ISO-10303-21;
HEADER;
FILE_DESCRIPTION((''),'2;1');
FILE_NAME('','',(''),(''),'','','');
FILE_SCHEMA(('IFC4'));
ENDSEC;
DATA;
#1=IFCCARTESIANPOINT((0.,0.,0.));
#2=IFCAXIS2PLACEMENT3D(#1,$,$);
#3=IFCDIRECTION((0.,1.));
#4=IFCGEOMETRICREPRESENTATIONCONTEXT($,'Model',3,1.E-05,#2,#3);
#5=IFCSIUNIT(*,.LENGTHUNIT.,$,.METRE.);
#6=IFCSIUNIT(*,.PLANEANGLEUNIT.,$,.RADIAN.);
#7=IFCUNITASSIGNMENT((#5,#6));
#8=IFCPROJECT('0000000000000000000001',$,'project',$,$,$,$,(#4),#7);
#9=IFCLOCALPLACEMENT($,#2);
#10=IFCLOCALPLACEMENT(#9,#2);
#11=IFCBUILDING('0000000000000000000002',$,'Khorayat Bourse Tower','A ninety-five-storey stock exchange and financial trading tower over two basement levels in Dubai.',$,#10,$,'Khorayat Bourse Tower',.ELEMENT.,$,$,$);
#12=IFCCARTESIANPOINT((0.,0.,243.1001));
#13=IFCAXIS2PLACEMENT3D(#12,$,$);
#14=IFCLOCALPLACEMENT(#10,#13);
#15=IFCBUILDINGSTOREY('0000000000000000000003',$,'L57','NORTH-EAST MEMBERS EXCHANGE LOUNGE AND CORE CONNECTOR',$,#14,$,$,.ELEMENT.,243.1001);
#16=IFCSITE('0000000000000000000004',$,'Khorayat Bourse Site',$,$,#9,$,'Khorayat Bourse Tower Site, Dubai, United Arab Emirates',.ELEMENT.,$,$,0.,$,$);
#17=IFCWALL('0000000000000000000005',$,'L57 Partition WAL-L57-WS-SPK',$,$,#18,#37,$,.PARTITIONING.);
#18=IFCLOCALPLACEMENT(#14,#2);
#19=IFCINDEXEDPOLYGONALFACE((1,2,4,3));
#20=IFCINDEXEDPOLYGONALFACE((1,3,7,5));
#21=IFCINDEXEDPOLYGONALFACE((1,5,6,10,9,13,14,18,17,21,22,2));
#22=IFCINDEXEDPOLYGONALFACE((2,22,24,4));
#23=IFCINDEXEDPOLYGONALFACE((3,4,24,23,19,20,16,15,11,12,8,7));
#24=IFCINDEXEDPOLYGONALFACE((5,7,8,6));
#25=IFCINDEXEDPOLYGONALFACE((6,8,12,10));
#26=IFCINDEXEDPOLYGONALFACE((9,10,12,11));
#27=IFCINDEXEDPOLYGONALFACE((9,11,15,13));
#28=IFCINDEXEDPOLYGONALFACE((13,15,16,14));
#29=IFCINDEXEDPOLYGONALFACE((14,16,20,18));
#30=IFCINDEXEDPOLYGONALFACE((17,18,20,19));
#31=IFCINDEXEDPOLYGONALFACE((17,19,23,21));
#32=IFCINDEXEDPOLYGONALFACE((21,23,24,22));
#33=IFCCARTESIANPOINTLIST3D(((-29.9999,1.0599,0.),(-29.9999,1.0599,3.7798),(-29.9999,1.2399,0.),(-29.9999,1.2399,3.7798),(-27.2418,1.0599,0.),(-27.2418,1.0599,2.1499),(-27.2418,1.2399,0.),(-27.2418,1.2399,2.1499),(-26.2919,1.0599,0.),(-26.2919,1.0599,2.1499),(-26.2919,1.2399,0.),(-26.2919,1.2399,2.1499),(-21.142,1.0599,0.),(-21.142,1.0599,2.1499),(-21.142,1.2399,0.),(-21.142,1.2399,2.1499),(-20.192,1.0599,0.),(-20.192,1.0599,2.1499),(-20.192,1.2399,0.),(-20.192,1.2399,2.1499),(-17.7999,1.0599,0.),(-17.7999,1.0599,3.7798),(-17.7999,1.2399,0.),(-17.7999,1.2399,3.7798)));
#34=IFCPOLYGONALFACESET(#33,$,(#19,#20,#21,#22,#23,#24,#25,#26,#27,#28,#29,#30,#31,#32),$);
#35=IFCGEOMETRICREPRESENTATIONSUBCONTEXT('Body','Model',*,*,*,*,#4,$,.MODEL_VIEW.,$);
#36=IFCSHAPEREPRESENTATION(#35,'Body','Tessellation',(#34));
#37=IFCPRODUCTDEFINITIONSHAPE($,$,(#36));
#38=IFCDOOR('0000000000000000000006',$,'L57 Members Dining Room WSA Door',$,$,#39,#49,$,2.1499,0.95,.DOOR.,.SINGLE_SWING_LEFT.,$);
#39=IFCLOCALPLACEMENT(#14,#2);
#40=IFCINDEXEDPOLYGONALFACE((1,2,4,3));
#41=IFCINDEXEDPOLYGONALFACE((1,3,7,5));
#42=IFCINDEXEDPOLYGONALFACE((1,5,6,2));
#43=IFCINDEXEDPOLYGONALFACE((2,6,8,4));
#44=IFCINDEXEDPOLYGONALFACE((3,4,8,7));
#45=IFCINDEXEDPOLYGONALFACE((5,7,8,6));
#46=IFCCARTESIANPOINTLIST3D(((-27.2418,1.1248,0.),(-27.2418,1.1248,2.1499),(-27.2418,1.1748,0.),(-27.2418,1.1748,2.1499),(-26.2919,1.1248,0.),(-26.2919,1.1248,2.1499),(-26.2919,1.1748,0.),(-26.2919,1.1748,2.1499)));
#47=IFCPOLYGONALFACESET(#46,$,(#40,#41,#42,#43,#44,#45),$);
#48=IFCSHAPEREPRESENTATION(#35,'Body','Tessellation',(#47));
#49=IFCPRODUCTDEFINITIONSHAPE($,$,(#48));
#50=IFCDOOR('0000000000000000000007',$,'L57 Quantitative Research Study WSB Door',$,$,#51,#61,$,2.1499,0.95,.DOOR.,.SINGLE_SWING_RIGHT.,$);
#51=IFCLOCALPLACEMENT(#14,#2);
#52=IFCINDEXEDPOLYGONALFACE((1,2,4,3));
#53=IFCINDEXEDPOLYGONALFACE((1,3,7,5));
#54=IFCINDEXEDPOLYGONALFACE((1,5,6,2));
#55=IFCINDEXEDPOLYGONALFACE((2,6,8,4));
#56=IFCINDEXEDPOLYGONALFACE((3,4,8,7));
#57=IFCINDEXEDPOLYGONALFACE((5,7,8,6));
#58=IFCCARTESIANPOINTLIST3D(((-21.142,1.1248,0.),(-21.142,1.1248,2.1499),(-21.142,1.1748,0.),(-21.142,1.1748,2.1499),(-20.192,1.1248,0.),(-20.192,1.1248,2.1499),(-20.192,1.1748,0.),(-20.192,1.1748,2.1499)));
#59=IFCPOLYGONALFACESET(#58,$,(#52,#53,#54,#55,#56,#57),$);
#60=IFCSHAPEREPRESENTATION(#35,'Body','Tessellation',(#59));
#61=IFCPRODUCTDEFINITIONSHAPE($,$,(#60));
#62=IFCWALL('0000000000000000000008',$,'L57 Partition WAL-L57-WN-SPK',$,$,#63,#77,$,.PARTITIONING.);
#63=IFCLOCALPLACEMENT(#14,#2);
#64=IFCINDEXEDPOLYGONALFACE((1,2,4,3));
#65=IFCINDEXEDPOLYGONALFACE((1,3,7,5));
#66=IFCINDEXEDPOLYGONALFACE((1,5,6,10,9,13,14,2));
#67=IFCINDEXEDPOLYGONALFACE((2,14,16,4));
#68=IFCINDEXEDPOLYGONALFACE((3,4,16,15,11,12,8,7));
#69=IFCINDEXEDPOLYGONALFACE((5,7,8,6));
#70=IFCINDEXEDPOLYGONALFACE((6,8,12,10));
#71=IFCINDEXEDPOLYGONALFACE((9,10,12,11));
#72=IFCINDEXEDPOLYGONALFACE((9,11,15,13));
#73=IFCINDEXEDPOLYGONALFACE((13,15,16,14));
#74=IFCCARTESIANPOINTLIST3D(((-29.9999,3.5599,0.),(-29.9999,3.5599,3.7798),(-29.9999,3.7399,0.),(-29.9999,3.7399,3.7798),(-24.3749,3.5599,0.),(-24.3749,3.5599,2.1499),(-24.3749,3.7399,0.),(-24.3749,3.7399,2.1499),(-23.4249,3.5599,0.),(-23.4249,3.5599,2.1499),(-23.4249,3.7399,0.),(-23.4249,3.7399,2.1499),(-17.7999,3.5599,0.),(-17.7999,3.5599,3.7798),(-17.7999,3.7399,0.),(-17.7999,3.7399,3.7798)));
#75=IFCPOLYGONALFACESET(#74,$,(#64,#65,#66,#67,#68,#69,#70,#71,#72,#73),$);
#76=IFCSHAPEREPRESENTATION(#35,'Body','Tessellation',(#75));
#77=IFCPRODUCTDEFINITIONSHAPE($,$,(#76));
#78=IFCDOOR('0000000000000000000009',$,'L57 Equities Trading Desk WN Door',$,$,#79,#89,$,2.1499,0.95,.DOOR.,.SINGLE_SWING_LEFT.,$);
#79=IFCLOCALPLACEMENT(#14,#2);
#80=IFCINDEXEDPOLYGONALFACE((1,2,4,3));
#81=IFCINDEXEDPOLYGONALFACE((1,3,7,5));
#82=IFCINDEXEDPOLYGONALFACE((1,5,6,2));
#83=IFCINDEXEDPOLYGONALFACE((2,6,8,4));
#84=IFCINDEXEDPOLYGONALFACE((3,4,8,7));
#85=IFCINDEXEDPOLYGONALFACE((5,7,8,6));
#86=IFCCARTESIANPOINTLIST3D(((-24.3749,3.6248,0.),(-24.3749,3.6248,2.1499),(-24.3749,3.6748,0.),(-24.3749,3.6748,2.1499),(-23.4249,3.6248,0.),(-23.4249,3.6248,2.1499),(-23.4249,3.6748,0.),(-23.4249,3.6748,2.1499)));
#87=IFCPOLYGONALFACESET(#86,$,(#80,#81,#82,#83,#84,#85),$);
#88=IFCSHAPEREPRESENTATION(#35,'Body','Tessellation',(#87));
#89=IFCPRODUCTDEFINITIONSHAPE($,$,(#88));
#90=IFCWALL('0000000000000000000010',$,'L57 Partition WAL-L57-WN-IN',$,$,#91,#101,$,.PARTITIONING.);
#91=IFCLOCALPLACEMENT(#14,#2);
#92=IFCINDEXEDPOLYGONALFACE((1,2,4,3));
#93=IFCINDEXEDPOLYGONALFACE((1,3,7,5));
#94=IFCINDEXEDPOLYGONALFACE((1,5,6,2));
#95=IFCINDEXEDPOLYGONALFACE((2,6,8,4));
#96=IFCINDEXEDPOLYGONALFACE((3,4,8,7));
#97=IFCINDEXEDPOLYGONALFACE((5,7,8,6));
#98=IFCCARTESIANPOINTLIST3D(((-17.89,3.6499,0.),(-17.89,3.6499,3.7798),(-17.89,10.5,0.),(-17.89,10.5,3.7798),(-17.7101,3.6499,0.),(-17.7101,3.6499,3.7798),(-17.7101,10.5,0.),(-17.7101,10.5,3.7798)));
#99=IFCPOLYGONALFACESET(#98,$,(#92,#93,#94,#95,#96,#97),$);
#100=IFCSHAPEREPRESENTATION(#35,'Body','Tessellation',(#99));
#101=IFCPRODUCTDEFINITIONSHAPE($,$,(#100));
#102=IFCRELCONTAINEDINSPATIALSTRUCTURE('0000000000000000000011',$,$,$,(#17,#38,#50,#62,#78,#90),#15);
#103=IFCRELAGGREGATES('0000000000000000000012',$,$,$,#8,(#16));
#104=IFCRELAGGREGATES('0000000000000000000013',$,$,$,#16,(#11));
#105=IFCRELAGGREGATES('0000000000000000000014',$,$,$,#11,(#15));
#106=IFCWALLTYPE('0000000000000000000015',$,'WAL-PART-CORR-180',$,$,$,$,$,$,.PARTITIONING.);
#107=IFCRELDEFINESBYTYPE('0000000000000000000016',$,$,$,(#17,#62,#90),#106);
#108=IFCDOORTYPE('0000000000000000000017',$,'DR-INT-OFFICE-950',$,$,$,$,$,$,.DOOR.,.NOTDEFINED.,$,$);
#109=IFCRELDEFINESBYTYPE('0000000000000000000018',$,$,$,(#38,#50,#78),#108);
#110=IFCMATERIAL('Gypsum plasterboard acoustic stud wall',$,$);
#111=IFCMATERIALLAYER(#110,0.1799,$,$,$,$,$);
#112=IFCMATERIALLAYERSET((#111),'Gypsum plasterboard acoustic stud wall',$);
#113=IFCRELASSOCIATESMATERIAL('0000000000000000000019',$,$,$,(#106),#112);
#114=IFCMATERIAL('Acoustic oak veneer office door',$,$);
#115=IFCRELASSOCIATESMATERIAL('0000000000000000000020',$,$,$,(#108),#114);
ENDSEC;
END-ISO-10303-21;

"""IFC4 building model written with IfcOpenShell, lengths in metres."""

from ifc_helpers import new_model, si_unit, direction, frame, frame_2d, origin, place, context, subcontext, project, spatial, rectangle, extrude, source, transform, mapped, material, layer, layer_set, type_object, element, fill, save


model = new_model("IFC4")

# Units and contexts
model_context = context("Model", 3, precision=1e-05, world=origin(), true_north=direction((0.0, 1.0)))
body_context = subcontext(model_context, "Body", "Model", "MODEL_VIEW")
ifc_project = project(units=[si_unit("LENGTHUNIT", "METRE"), si_unit("PLANEANGLEUNIT", "RADIAN")], contexts=[model_context])

# Site, building, storey
site_placement = place(None, origin())
site = spatial("IfcSite", under=ifc_project, at=site_placement, Name="Khorayat Bourse Site", LongName="Khorayat Bourse Tower Site, Dubai, United Arab Emirates", CompositionType="ELEMENT", RefElevation=0.0)
building_placement = place(site_placement, origin())
building = spatial("IfcBuilding", under=site, at=building_placement, Name="Khorayat Bourse Tower", Description="A ninety-five-storey stock exchange and financial trading tower over two basement levels in Dubai.", LongName="Khorayat Bourse Tower", CompositionType="ELEMENT")
storey_placement = place(building_placement, frame((0.0, 0.0, 243.1001)))
storey = spatial("IfcBuildingStorey", under=building, at=storey_placement, Name="L57", Description="NORTH-EAST MEMBERS EXCHANGE LOUNGE AND CORE CONNECTOR", CompositionType="ELEMENT", Elevation=243.1001)

# Shared definitions
ifc_material_1 = material(Name="Gypsum plasterboard acoustic stud wall")
ifc_layer_1 = layer(ifc_material_1, 0.1799)
ifc_layer_set_1 = layer_set([ifc_layer_1], Name="Gypsum plasterboard acoustic stud wall")
wall_type = type_object("IfcWallType", Name="WAL-PART-CORR-180", PredefinedType="PARTITIONING", material=ifc_layer_set_1)

# Wall, openings, doors
shared_shape_1 = source(origin(), body_context, "Body", "SweptSolid", [
    extrude(rectangle(XDim=12.2, YDim=0.1799, at=frame_2d((6.1001, 0.0))), origin(), (0.0, 0.0, 1.0), 3.7798),
])
wall_1_placement = place(storey_placement, frame((-30.0, 1.1499, 0.0), z_axis=(0.0, 0.0, 1.0), x_axis=(1.0, 0.0, 0.0)))
wall_1 = element("IfcWall", 1, at=wall_1_placement, inside=storey, type_object=wall_type, Name="L57 Partition WAL-L57-WS-SPK", PredefinedType="PARTITIONING", context=body_context, shape_type="MappedRepresentation", body=[
    mapped(shared_shape_1, transform((0.0, 0.0, 0.0), scale=1.0)),
])
shared_shape_2 = source(origin(), body_context, "Body", "SweptSolid", [
    extrude(rectangle(XDim=0.95, YDim=2.1499, at=frame_2d((0.4751, 1.075))), frame((0.0, 0.0999, 0.0), z_axis=(0.0, -1.0, 0.0), x_axis=(1.0, 0.0, 0.0)), (0.0, 0.0, 1.0), 0.2),
])
opening_1_placement = place(wall_1_placement, frame((2.7581, 0.0, 0.0)))
opening_1 = element("IfcOpeningElement", 2, at=opening_1_placement, cuts=wall_1, PredefinedType="OPENING", context=body_context, shape_type="MappedRepresentation", body=[
    mapped(shared_shape_2, transform((0.0, 0.0, 0.0), scale=1.0)),
])
opening_2_placement = place(wall_1_placement, frame((8.8579, 0.0, 0.0)))
opening_2 = element("IfcOpeningElement", 3, at=opening_2_placement, cuts=wall_1, PredefinedType="OPENING", context=body_context, shape_type="MappedRepresentation", body=[
    mapped(shared_shape_2, transform((0.0, 0.0, 0.0), scale=1.0)),
])
ifc_material_2 = material(Name="Acoustic oak veneer office door")
door_type = type_object("IfcDoorType", Name="DR-INT-OFFICE-950", OperationType="NOTDEFINED", PredefinedType="DOOR", material=ifc_material_2)
shared_shape_3 = source(origin(), body_context, "Body", "SweptSolid", [
    extrude(rectangle(XDim=0.95, YDim=2.1499, at=frame_2d((0.4751, 1.075))), frame((0.0, 0.0249, 0.0), z_axis=(0.0, -1.0, 0.0), x_axis=(1.0, 0.0, 0.0)), (0.0, 0.0, 1.0), 0.05),
])
door_1_placement = place(opening_1_placement, origin())
door_1 = element("IfcDoor", 4, at=door_1_placement, inside=storey, type_object=door_type, Name="L57 Members Dining Room WSA Door", OperationType="SINGLE_SWING_LEFT", OverallHeight=2.1499, OverallWidth=0.95, PredefinedType="DOOR", context=body_context, shape_type="MappedRepresentation", body=[
    mapped(shared_shape_3, transform((0.0, 0.0, 0.0), scale=1.0)),
])
fill(opening_1, door_1)
door_2_placement = place(opening_2_placement, origin())
door_2 = element("IfcDoor", 5, at=door_2_placement, inside=storey, type_object=door_type, Name="L57 Quantitative Research Study WSB Door", OperationType="SINGLE_SWING_RIGHT", OverallHeight=2.1499, OverallWidth=0.95, PredefinedType="DOOR", context=body_context, shape_type="MappedRepresentation", body=[
    mapped(shared_shape_3, transform((0.0, 0.0, 0.0), scale=1.0)),
])
fill(opening_2, door_2)

# Wall, opening, door
wall_2_placement = place(storey_placement, frame((-30.0, 3.6499, 0.0), z_axis=(0.0, 0.0, 1.0), x_axis=(1.0, 0.0, 0.0)))
wall_2 = element("IfcWall", 6, at=wall_2_placement, inside=storey, type_object=wall_type, Name="L57 Partition WAL-L57-WN-SPK", PredefinedType="PARTITIONING", context=body_context, shape_type="MappedRepresentation", body=[
    mapped(shared_shape_1, transform((0.0, 0.0, 0.0), scale=1.0)),
])
opening_3_placement = place(wall_2_placement, frame((5.625, 0.0, 0.0)))
opening_3 = element("IfcOpeningElement", 7, at=opening_3_placement, cuts=wall_2, PredefinedType="OPENING", context=body_context, shape_type="MappedRepresentation", body=[
    mapped(shared_shape_2, transform((0.0, 0.0, 0.0), scale=1.0)),
])
door_3_placement = place(opening_3_placement, origin())
door_3 = element("IfcDoor", 8, at=door_3_placement, inside=storey, type_object=door_type, Name="L57 Equities Trading Desk WN Door", OperationType="SINGLE_SWING_LEFT", OverallHeight=2.1499, OverallWidth=0.95, PredefinedType="DOOR", context=body_context, shape_type="MappedRepresentation", body=[
    mapped(shared_shape_3, transform((0.0, 0.0, 0.0), scale=1.0)),
])
fill(opening_3, door_3)

# Wall
shared_shape_4 = source(origin(), body_context, "Body", "SweptSolid", [
    extrude(rectangle(XDim=6.8501, YDim=0.1799, at=frame_2d((3.425, 0.0))), origin(), (0.0, 0.0, 1.0), 3.7798),
])
wall_3_placement = place(storey_placement, frame((-17.8, 3.6499, 0.0), z_axis=(0.0, 0.0, 1.0), x_axis=(0.0, 1.0, 0.0)))
element("IfcWall", 9, at=wall_3_placement, inside=storey, type_object=wall_type, Name="L57 Partition WAL-L57-WN-IN", PredefinedType="PARTITIONING", context=body_context, shape_type="MappedRepresentation", body=[
    mapped(shared_shape_4, transform((0.0, 0.0, 0.0), scale=1.0)),
])

save(model, "model.ifc")
